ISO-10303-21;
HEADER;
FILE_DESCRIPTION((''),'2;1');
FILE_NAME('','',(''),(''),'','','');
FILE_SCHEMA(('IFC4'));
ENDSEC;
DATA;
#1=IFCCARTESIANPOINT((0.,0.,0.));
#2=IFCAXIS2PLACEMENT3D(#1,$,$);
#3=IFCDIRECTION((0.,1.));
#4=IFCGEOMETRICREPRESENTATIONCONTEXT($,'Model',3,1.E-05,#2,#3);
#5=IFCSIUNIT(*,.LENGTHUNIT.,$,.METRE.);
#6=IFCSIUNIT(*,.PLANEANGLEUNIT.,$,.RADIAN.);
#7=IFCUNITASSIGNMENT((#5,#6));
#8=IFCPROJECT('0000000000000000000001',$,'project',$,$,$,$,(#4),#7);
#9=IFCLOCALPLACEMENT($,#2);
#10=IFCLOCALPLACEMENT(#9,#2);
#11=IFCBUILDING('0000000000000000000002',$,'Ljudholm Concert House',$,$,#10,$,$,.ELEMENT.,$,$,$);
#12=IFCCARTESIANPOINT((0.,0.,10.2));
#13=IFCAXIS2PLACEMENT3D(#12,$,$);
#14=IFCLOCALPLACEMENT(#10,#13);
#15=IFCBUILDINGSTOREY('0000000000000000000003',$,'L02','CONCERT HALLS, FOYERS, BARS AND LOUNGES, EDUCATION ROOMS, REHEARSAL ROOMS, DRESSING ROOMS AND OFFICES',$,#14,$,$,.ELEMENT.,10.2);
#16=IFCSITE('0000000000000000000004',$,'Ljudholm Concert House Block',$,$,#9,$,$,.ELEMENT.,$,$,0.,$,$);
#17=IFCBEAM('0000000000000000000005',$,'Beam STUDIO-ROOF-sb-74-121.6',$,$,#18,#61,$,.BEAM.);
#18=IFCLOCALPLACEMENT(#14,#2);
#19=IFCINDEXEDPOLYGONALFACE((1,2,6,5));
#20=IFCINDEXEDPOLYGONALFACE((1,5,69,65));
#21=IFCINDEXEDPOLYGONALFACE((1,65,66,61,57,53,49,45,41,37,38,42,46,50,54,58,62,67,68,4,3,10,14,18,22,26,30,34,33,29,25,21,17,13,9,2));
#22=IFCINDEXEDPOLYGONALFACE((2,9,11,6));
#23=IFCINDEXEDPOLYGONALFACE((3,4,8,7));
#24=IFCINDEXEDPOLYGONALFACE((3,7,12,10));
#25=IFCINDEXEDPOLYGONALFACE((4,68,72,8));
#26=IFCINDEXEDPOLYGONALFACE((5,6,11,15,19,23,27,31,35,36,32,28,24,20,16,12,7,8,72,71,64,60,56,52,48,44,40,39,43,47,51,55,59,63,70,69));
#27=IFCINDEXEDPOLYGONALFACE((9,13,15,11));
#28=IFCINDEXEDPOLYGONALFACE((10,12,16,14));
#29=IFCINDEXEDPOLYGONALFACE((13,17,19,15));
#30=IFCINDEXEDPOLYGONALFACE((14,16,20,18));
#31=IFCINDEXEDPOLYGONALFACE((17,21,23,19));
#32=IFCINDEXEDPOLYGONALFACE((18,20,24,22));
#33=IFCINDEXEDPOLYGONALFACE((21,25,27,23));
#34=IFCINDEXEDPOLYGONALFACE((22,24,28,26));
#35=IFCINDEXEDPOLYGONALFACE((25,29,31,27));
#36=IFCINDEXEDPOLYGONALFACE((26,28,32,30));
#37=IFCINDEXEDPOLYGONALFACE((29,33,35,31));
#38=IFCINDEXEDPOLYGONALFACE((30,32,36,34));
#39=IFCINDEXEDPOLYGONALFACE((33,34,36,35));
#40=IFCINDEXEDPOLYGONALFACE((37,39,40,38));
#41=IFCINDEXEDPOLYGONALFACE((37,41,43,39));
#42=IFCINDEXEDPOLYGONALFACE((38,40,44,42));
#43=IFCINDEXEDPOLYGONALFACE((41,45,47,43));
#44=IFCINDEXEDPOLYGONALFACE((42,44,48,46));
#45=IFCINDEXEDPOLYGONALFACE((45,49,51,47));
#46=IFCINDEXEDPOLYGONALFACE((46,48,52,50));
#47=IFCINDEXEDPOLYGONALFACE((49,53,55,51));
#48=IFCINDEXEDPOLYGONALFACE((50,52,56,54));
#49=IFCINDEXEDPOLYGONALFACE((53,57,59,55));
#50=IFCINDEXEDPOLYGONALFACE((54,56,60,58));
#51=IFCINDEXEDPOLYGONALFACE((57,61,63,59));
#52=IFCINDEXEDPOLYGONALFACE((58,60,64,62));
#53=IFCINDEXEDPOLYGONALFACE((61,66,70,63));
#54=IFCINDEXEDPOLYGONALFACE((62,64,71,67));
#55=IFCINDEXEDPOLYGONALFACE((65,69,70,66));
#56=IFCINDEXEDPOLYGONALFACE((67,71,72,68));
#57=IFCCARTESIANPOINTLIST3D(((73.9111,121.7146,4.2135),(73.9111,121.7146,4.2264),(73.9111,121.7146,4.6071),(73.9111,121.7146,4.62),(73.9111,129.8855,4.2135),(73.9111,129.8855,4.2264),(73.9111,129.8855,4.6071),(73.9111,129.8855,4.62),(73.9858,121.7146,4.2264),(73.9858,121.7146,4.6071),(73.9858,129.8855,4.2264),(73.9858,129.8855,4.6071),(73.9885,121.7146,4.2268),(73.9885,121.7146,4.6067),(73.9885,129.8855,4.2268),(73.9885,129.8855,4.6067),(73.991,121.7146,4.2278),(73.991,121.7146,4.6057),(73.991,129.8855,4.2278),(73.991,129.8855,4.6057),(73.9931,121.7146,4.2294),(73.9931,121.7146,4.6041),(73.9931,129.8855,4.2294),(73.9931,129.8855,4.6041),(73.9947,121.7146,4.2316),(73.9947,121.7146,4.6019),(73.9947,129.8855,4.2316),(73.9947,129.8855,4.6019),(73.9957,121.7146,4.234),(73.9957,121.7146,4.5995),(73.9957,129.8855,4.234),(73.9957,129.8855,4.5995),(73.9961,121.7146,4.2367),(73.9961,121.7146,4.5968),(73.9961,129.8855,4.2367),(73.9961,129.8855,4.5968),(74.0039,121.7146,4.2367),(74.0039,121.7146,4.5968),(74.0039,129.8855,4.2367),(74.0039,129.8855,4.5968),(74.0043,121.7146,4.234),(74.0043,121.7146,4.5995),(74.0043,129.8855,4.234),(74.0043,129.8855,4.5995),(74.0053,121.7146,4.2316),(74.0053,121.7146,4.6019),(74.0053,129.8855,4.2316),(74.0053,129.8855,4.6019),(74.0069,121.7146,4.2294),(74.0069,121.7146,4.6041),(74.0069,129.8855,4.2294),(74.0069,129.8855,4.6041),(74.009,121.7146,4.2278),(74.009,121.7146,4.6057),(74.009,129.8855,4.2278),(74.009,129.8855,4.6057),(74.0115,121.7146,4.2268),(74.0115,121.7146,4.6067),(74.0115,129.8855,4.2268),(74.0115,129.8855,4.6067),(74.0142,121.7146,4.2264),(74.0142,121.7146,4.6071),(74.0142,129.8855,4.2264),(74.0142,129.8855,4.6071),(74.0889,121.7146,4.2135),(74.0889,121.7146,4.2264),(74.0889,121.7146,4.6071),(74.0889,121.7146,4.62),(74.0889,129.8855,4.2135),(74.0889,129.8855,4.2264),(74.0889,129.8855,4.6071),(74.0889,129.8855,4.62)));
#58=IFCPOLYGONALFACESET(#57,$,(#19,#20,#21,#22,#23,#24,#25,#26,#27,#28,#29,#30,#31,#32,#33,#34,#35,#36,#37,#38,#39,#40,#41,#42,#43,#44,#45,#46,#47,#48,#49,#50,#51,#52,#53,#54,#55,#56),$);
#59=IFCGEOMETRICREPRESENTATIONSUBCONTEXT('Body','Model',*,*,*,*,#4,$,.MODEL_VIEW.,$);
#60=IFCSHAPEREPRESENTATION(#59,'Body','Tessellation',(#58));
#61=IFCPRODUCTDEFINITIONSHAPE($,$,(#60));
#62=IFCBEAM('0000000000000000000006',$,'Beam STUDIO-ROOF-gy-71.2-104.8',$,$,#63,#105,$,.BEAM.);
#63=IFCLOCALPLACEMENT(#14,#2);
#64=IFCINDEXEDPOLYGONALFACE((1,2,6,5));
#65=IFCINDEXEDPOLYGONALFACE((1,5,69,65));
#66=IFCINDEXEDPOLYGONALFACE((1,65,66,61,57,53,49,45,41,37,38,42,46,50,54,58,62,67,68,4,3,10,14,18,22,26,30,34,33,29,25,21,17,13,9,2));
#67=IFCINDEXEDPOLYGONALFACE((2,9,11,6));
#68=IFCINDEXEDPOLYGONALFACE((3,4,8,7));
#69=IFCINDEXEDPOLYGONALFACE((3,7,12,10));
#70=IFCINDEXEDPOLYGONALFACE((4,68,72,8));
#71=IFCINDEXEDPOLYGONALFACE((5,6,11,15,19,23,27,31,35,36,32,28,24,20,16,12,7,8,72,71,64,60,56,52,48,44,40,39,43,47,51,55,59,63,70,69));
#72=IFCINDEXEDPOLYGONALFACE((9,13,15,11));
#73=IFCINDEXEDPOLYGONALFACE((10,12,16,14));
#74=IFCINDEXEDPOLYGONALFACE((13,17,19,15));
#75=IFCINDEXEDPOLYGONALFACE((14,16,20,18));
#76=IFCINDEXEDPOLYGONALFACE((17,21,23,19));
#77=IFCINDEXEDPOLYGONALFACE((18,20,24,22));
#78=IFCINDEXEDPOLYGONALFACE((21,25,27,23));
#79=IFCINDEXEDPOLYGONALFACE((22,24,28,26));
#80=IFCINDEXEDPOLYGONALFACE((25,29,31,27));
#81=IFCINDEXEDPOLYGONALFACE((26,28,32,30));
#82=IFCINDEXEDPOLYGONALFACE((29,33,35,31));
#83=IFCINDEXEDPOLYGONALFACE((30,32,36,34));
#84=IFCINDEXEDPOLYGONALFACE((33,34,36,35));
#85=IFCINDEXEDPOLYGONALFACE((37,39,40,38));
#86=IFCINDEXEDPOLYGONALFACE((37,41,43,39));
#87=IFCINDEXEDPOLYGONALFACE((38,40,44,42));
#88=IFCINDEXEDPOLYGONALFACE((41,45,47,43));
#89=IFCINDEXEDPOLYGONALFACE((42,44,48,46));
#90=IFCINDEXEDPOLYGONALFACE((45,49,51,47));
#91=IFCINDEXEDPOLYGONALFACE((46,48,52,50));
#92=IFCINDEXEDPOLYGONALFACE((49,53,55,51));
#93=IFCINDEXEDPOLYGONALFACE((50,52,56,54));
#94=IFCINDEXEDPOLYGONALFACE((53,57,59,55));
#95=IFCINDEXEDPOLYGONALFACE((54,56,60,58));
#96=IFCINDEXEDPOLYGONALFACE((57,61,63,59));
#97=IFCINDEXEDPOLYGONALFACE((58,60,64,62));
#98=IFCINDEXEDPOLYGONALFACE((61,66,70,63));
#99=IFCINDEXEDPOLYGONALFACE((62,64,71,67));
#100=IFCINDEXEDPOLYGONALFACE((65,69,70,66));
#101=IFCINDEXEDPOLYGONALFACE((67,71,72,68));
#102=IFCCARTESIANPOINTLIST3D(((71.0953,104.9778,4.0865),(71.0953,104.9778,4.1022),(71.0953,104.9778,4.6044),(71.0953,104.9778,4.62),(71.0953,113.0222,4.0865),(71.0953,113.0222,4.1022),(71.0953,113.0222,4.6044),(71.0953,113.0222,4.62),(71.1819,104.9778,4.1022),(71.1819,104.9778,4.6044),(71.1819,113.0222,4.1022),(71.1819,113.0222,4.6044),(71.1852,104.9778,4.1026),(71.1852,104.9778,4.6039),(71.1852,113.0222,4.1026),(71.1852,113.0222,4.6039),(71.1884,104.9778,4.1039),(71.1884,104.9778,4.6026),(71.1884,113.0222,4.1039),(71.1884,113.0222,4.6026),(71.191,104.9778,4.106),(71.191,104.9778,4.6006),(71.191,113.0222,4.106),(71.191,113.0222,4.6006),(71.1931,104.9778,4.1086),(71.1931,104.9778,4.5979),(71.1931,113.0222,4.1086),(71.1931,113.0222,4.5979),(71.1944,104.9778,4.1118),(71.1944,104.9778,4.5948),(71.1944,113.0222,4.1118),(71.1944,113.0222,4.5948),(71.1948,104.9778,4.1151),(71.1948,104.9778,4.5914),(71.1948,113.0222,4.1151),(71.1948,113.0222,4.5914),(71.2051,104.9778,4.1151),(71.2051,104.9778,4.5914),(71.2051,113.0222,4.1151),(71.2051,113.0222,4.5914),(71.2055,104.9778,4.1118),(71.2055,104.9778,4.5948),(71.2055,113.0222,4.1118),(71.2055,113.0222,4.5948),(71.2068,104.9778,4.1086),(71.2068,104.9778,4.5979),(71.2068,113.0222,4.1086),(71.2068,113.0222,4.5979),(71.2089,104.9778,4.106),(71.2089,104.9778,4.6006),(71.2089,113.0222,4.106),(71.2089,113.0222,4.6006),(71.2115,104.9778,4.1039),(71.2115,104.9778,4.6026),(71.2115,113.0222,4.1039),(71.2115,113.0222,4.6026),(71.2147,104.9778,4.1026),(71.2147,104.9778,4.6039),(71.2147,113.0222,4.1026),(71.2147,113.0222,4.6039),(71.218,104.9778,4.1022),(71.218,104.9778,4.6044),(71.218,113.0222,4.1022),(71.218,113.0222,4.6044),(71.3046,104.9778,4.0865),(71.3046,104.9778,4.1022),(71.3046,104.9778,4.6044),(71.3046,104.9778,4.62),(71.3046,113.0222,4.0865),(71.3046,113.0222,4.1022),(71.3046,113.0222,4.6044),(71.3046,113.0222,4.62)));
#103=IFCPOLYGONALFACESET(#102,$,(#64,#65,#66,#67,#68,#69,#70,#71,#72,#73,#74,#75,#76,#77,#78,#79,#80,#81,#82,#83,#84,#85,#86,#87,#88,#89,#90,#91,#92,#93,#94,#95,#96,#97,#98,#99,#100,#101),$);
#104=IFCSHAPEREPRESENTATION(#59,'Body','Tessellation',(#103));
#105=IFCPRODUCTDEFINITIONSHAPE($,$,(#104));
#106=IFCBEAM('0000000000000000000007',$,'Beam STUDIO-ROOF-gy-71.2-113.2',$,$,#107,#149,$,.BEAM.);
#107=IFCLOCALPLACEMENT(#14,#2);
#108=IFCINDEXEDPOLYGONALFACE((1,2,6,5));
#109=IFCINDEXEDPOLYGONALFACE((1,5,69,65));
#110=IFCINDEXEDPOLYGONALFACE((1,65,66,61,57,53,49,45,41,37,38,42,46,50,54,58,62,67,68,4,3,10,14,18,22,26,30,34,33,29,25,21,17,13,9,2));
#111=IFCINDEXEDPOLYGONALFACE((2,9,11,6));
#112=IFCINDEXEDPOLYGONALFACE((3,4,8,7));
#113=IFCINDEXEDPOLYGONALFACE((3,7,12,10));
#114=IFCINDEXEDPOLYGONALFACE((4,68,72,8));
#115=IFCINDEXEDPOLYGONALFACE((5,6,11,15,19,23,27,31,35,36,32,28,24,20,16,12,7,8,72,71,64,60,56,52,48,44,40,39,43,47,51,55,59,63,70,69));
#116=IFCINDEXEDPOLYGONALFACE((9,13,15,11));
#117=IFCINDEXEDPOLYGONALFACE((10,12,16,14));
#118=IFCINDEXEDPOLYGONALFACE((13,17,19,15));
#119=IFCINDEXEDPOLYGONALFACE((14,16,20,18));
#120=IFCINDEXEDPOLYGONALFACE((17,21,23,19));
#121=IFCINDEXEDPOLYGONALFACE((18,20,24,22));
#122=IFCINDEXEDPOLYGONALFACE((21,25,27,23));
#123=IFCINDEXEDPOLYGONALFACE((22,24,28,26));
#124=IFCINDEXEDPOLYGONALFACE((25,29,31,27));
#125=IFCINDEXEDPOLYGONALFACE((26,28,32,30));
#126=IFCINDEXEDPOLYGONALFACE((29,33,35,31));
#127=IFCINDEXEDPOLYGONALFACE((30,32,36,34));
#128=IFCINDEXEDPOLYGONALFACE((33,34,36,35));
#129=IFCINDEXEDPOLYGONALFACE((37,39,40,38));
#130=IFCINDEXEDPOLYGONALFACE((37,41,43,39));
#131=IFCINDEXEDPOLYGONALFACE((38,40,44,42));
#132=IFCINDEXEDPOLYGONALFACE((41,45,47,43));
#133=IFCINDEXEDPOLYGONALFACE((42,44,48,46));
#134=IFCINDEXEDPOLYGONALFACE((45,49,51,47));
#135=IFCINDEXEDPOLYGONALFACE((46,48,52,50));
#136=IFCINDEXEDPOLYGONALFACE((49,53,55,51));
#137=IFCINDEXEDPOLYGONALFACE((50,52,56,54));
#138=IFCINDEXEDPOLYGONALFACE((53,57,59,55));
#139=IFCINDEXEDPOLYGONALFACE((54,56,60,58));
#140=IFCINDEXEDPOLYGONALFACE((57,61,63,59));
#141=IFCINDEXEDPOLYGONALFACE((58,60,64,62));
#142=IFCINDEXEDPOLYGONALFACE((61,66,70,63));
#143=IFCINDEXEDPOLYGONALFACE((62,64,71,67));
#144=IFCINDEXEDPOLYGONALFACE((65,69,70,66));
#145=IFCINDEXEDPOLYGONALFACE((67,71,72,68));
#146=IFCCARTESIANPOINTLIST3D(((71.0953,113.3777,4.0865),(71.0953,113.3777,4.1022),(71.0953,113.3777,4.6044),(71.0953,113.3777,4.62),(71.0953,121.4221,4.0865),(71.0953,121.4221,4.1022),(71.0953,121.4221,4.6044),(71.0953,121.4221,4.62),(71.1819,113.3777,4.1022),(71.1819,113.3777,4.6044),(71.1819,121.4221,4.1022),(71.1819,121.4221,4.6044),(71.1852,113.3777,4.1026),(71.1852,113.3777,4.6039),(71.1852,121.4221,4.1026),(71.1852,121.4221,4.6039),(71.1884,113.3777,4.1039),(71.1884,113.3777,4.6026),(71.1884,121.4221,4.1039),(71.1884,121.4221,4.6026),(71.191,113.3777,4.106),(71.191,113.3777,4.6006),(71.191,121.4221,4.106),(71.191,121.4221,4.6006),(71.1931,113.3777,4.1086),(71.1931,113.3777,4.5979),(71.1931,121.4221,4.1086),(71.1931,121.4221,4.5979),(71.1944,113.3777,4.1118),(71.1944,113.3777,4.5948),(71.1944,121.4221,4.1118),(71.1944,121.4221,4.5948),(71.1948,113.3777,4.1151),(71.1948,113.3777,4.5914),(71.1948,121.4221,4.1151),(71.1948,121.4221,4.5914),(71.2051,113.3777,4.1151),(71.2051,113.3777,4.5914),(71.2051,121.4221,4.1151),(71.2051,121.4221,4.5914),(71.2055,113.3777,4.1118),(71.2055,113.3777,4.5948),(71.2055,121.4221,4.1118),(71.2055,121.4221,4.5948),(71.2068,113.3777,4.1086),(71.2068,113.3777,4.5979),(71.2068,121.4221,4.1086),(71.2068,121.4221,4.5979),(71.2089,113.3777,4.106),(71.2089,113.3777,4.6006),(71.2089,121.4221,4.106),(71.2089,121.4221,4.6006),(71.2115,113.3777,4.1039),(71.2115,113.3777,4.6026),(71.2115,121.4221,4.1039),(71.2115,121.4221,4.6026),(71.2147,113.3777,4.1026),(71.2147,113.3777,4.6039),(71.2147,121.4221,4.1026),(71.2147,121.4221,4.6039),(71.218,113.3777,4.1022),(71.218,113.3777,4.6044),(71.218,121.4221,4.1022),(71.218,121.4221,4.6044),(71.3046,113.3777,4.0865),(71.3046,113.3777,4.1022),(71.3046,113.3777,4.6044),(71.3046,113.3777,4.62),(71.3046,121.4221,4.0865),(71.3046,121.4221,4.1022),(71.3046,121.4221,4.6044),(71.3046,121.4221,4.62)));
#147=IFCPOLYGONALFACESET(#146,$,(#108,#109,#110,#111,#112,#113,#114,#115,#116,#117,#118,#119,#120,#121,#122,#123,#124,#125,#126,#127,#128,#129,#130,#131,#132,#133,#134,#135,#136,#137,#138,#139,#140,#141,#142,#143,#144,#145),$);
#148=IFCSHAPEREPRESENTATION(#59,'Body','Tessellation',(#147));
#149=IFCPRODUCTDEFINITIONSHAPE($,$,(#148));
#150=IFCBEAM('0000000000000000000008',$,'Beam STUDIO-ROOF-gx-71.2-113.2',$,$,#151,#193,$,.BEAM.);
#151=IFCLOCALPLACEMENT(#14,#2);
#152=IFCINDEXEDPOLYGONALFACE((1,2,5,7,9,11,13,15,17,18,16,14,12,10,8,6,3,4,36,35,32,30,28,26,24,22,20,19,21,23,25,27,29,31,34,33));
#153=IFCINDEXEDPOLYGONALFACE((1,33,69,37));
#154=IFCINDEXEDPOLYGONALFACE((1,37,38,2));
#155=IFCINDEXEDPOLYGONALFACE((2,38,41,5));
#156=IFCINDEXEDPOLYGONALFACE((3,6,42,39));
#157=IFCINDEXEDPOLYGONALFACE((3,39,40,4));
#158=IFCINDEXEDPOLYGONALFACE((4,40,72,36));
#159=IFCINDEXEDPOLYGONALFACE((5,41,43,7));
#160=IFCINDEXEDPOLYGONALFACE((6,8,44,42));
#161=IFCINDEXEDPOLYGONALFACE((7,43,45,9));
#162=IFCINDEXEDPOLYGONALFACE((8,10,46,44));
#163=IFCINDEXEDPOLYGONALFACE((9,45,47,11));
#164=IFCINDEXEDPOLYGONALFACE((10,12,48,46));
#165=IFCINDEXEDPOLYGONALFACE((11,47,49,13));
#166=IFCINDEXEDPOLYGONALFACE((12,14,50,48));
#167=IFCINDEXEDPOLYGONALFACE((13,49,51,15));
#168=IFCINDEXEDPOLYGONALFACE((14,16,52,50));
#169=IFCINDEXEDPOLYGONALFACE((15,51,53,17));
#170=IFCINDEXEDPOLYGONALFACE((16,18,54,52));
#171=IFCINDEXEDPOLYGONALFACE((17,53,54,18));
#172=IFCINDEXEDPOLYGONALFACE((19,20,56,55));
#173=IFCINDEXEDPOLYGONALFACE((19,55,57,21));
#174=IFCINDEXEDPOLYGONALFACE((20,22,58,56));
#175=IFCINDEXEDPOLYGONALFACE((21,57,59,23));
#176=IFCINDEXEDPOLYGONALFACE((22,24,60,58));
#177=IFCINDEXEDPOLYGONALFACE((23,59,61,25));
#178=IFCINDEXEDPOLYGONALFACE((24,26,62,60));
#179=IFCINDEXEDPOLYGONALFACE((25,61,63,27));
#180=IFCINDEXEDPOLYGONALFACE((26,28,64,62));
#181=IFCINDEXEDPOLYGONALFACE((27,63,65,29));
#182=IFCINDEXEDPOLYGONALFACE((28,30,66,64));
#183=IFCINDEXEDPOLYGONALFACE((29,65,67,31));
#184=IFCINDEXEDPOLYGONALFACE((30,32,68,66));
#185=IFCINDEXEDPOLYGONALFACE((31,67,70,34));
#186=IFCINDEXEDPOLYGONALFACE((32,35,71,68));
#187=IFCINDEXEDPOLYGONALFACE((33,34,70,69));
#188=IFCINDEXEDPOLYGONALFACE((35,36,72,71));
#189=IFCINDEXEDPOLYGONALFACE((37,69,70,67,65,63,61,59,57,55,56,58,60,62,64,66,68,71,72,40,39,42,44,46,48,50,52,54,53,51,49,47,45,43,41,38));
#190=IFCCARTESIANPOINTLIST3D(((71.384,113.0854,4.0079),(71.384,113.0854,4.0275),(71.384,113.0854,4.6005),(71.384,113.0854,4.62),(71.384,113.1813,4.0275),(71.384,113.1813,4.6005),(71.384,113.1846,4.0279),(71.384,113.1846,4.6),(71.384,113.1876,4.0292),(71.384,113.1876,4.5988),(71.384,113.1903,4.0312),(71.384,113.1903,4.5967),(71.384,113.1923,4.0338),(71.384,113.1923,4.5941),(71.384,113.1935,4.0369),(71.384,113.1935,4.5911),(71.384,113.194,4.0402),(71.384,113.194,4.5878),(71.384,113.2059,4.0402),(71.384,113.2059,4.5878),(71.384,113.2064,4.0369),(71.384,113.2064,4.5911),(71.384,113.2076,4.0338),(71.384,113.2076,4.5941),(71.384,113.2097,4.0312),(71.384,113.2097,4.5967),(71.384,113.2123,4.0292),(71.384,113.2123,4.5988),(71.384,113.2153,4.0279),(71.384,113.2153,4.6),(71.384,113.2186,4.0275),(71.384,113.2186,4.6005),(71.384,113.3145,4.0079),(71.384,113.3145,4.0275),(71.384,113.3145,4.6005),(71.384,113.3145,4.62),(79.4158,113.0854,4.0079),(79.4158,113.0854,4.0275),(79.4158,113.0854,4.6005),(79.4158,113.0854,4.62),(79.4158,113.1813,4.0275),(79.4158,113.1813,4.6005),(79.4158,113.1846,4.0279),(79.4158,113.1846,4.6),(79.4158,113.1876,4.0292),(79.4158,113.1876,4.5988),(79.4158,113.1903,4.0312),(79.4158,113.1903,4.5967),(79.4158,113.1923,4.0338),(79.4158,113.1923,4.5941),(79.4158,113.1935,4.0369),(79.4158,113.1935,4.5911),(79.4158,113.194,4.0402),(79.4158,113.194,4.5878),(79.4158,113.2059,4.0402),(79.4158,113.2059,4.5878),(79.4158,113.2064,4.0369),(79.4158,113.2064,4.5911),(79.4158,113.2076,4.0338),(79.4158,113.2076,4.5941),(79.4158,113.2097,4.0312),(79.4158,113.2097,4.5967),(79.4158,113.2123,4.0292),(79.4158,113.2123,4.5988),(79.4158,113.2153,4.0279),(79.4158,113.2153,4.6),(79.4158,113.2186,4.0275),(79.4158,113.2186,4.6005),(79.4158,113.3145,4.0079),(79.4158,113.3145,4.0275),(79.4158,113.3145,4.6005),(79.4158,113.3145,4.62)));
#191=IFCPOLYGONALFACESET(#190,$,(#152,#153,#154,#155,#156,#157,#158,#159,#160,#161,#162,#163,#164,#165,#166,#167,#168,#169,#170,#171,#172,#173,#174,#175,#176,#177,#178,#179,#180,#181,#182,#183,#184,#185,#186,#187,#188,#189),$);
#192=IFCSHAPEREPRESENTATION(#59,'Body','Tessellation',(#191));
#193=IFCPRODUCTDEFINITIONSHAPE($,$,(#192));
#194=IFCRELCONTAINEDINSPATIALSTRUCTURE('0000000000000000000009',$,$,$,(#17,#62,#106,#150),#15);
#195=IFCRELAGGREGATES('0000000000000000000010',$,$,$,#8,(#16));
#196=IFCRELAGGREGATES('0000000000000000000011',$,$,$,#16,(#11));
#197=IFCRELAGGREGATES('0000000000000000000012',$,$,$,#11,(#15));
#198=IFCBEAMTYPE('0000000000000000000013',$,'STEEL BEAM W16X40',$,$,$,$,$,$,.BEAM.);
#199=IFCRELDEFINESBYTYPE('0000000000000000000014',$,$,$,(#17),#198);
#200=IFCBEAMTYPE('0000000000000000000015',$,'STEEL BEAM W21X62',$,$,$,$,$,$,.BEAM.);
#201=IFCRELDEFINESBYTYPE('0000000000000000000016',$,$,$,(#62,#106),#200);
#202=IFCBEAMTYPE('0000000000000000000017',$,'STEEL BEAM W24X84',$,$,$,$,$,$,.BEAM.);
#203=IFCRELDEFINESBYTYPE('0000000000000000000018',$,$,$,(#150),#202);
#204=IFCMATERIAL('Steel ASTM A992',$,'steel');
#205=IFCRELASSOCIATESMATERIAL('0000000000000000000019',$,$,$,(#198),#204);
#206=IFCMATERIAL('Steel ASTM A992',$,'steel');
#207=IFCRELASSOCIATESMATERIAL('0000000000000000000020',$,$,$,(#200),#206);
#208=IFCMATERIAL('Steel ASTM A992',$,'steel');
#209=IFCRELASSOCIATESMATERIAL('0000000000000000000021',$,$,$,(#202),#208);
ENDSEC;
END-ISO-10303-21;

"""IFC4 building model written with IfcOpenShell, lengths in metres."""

from ifc_helpers import new_model, si_unit, direction, frame, origin, origin_2d, place, context, subcontext, project, spatial, i_section, extrude, material, material_profile, profile_set, type_object, element, save


model = new_model("IFC4")

# Units and contexts
model_context = context("Model", 3, precision=1e-05, world=origin(), true_north=direction((0.0, 1.0)))
body_context = subcontext(model_context, "Body", "Model", "MODEL_VIEW")
ifc_project = project(units=[si_unit("LENGTHUNIT", "METRE"), si_unit("PLANEANGLEUNIT", "RADIAN")], contexts=[model_context])

# Site, building, storey
site_placement = place(None, origin())
site = spatial("IfcSite", under=ifc_project, at=site_placement, Name="Ljudholm Concert House Block", CompositionType="ELEMENT", RefElevation=0.0)
building_placement = place(site_placement, origin())
building = spatial("IfcBuilding", under=site, at=building_placement, Name="Ljudholm Concert House", CompositionType="ELEMENT")
storey_placement = place(building_placement, frame((0.0, 0.0, 10.2)))
storey = spatial("IfcBuildingStorey", under=building, at=storey_placement, Name="L02", Description="CONCERT HALLS, FOYERS, BARS AND LOUNGES, EDUCATION ROOMS, REHEARSAL ROOMS, DRESSING ROOMS AND OFFICES", CompositionType="ELEMENT", Elevation=10.2)

# Beams
ifc_material_1 = material(Name="Steel ASTM A992", Category="steel")
ifc_material_profile_1 = material_profile(ifc_material_1, i_section(OverallWidth=0.1777, OverallDepth=0.4065, WebThickness=0.0078, FlangeThickness=0.0129, FilletRadius=0.0103, at=origin_2d()), Name="W16X40")
ifc_profile_set_1 = profile_set([ifc_material_profile_1], Name="Steel ASTM A992")
beam_type_1 = type_object("IfcBeamType", Name="STEEL BEAM W16X40", PredefinedType="BEAM", material=ifc_profile_set_1)
for number, where, z_axis, x_axis, name in (
    (1, (74.0, 121.7146, 4.4167), (0.0, 1.0, 0.0), (-1.0, 0.0, 0.0), "Beam STUDIO-ROOF-sb-74-121.6"),
):
    element("IfcBeam", number, at=place(storey_placement, frame(where, z_axis=z_axis, x_axis=x_axis)), inside=storey, type_object=beam_type_1, Name=name, PredefinedType="BEAM", context=body_context, shape_type="SweptSolid", body=[
        extrude(i_section(OverallWidth=0.1777, OverallDepth=0.4065, WebThickness=0.0078, FlangeThickness=0.0129, FilletRadius=0.0103, at=origin_2d()), origin(), (0.0, 0.0, 1.0), 8.1709),
    ])
ifc_material_2 = material(Name="Steel ASTM A992", Category="steel")
ifc_material_profile_2 = material_profile(ifc_material_2, i_section(OverallWidth=0.2092, OverallDepth=0.5334, WebThickness=0.0103, FlangeThickness=0.0156, FilletRadius=0.0129, at=origin_2d()), Name="W21X62")
ifc_profile_set_2 = profile_set([ifc_material_profile_2], Name="Steel ASTM A992")
beam_type_2 = type_object("IfcBeamType", Name="STEEL BEAM W21X62", PredefinedType="BEAM", material=ifc_profile_set_2)
for number, where, z_axis, x_axis, name in (
    (2, (71.2, 104.9778, 4.3533), (0.0, 1.0, 0.0), (-1.0, 0.0, 0.0), "Beam STUDIO-ROOF-gy-71.2-104.8"),
    (3, (71.2, 113.3777, 4.3533), (0.0, 1.0, 0.0), (-1.0, 0.0, 0.0), "Beam STUDIO-ROOF-gy-71.2-113.2"),
):
    element("IfcBeam", number, at=place(storey_placement, frame(where, z_axis=z_axis, x_axis=x_axis)), inside=storey, type_object=beam_type_2, Name=name, PredefinedType="BEAM", context=body_context, shape_type="SweptSolid", body=[
        extrude(i_section(OverallWidth=0.2092, OverallDepth=0.5334, WebThickness=0.0103, FlangeThickness=0.0156, FilletRadius=0.0129, at=origin_2d()), origin(), (0.0, 0.0, 1.0), 8.0444),
    ])
ifc_material_3 = material(Name="Steel ASTM A992", Category="steel")
ifc_material_profile_3 = material_profile(ifc_material_3, i_section(OverallWidth=0.229, OverallDepth=0.6121, WebThickness=0.012, FlangeThickness=0.0195, FilletRadius=0.0127, at=origin_2d()), Name="W24X84")
ifc_profile_set_3 = profile_set([ifc_material_profile_3], Name="Steel ASTM A992")
beam_type_3 = type_object("IfcBeamType", Name="STEEL BEAM W24X84", PredefinedType="BEAM", material=ifc_profile_set_3)
for number, where, z_axis, x_axis, name in (
    (4, (71.384, 113.2, 4.314), (1.0, 0.0, 0.0), (0.0, 1.0, 0.0), "Beam STUDIO-ROOF-gx-71.2-113.2"),
):
    element("IfcBeam", number, at=place(storey_placement, frame(where, z_axis=z_axis, x_axis=x_axis)), inside=storey, type_object=beam_type_3, Name=name, PredefinedType="BEAM", context=body_context, shape_type="SweptSolid", body=[
        extrude(i_section(OverallWidth=0.229, OverallDepth=0.6121, WebThickness=0.012, FlangeThickness=0.0195, FilletRadius=0.0127, at=origin_2d()), origin(), (0.0, 0.0, 1.0), 8.0317),
    ])

save(model, "model.ifc")
